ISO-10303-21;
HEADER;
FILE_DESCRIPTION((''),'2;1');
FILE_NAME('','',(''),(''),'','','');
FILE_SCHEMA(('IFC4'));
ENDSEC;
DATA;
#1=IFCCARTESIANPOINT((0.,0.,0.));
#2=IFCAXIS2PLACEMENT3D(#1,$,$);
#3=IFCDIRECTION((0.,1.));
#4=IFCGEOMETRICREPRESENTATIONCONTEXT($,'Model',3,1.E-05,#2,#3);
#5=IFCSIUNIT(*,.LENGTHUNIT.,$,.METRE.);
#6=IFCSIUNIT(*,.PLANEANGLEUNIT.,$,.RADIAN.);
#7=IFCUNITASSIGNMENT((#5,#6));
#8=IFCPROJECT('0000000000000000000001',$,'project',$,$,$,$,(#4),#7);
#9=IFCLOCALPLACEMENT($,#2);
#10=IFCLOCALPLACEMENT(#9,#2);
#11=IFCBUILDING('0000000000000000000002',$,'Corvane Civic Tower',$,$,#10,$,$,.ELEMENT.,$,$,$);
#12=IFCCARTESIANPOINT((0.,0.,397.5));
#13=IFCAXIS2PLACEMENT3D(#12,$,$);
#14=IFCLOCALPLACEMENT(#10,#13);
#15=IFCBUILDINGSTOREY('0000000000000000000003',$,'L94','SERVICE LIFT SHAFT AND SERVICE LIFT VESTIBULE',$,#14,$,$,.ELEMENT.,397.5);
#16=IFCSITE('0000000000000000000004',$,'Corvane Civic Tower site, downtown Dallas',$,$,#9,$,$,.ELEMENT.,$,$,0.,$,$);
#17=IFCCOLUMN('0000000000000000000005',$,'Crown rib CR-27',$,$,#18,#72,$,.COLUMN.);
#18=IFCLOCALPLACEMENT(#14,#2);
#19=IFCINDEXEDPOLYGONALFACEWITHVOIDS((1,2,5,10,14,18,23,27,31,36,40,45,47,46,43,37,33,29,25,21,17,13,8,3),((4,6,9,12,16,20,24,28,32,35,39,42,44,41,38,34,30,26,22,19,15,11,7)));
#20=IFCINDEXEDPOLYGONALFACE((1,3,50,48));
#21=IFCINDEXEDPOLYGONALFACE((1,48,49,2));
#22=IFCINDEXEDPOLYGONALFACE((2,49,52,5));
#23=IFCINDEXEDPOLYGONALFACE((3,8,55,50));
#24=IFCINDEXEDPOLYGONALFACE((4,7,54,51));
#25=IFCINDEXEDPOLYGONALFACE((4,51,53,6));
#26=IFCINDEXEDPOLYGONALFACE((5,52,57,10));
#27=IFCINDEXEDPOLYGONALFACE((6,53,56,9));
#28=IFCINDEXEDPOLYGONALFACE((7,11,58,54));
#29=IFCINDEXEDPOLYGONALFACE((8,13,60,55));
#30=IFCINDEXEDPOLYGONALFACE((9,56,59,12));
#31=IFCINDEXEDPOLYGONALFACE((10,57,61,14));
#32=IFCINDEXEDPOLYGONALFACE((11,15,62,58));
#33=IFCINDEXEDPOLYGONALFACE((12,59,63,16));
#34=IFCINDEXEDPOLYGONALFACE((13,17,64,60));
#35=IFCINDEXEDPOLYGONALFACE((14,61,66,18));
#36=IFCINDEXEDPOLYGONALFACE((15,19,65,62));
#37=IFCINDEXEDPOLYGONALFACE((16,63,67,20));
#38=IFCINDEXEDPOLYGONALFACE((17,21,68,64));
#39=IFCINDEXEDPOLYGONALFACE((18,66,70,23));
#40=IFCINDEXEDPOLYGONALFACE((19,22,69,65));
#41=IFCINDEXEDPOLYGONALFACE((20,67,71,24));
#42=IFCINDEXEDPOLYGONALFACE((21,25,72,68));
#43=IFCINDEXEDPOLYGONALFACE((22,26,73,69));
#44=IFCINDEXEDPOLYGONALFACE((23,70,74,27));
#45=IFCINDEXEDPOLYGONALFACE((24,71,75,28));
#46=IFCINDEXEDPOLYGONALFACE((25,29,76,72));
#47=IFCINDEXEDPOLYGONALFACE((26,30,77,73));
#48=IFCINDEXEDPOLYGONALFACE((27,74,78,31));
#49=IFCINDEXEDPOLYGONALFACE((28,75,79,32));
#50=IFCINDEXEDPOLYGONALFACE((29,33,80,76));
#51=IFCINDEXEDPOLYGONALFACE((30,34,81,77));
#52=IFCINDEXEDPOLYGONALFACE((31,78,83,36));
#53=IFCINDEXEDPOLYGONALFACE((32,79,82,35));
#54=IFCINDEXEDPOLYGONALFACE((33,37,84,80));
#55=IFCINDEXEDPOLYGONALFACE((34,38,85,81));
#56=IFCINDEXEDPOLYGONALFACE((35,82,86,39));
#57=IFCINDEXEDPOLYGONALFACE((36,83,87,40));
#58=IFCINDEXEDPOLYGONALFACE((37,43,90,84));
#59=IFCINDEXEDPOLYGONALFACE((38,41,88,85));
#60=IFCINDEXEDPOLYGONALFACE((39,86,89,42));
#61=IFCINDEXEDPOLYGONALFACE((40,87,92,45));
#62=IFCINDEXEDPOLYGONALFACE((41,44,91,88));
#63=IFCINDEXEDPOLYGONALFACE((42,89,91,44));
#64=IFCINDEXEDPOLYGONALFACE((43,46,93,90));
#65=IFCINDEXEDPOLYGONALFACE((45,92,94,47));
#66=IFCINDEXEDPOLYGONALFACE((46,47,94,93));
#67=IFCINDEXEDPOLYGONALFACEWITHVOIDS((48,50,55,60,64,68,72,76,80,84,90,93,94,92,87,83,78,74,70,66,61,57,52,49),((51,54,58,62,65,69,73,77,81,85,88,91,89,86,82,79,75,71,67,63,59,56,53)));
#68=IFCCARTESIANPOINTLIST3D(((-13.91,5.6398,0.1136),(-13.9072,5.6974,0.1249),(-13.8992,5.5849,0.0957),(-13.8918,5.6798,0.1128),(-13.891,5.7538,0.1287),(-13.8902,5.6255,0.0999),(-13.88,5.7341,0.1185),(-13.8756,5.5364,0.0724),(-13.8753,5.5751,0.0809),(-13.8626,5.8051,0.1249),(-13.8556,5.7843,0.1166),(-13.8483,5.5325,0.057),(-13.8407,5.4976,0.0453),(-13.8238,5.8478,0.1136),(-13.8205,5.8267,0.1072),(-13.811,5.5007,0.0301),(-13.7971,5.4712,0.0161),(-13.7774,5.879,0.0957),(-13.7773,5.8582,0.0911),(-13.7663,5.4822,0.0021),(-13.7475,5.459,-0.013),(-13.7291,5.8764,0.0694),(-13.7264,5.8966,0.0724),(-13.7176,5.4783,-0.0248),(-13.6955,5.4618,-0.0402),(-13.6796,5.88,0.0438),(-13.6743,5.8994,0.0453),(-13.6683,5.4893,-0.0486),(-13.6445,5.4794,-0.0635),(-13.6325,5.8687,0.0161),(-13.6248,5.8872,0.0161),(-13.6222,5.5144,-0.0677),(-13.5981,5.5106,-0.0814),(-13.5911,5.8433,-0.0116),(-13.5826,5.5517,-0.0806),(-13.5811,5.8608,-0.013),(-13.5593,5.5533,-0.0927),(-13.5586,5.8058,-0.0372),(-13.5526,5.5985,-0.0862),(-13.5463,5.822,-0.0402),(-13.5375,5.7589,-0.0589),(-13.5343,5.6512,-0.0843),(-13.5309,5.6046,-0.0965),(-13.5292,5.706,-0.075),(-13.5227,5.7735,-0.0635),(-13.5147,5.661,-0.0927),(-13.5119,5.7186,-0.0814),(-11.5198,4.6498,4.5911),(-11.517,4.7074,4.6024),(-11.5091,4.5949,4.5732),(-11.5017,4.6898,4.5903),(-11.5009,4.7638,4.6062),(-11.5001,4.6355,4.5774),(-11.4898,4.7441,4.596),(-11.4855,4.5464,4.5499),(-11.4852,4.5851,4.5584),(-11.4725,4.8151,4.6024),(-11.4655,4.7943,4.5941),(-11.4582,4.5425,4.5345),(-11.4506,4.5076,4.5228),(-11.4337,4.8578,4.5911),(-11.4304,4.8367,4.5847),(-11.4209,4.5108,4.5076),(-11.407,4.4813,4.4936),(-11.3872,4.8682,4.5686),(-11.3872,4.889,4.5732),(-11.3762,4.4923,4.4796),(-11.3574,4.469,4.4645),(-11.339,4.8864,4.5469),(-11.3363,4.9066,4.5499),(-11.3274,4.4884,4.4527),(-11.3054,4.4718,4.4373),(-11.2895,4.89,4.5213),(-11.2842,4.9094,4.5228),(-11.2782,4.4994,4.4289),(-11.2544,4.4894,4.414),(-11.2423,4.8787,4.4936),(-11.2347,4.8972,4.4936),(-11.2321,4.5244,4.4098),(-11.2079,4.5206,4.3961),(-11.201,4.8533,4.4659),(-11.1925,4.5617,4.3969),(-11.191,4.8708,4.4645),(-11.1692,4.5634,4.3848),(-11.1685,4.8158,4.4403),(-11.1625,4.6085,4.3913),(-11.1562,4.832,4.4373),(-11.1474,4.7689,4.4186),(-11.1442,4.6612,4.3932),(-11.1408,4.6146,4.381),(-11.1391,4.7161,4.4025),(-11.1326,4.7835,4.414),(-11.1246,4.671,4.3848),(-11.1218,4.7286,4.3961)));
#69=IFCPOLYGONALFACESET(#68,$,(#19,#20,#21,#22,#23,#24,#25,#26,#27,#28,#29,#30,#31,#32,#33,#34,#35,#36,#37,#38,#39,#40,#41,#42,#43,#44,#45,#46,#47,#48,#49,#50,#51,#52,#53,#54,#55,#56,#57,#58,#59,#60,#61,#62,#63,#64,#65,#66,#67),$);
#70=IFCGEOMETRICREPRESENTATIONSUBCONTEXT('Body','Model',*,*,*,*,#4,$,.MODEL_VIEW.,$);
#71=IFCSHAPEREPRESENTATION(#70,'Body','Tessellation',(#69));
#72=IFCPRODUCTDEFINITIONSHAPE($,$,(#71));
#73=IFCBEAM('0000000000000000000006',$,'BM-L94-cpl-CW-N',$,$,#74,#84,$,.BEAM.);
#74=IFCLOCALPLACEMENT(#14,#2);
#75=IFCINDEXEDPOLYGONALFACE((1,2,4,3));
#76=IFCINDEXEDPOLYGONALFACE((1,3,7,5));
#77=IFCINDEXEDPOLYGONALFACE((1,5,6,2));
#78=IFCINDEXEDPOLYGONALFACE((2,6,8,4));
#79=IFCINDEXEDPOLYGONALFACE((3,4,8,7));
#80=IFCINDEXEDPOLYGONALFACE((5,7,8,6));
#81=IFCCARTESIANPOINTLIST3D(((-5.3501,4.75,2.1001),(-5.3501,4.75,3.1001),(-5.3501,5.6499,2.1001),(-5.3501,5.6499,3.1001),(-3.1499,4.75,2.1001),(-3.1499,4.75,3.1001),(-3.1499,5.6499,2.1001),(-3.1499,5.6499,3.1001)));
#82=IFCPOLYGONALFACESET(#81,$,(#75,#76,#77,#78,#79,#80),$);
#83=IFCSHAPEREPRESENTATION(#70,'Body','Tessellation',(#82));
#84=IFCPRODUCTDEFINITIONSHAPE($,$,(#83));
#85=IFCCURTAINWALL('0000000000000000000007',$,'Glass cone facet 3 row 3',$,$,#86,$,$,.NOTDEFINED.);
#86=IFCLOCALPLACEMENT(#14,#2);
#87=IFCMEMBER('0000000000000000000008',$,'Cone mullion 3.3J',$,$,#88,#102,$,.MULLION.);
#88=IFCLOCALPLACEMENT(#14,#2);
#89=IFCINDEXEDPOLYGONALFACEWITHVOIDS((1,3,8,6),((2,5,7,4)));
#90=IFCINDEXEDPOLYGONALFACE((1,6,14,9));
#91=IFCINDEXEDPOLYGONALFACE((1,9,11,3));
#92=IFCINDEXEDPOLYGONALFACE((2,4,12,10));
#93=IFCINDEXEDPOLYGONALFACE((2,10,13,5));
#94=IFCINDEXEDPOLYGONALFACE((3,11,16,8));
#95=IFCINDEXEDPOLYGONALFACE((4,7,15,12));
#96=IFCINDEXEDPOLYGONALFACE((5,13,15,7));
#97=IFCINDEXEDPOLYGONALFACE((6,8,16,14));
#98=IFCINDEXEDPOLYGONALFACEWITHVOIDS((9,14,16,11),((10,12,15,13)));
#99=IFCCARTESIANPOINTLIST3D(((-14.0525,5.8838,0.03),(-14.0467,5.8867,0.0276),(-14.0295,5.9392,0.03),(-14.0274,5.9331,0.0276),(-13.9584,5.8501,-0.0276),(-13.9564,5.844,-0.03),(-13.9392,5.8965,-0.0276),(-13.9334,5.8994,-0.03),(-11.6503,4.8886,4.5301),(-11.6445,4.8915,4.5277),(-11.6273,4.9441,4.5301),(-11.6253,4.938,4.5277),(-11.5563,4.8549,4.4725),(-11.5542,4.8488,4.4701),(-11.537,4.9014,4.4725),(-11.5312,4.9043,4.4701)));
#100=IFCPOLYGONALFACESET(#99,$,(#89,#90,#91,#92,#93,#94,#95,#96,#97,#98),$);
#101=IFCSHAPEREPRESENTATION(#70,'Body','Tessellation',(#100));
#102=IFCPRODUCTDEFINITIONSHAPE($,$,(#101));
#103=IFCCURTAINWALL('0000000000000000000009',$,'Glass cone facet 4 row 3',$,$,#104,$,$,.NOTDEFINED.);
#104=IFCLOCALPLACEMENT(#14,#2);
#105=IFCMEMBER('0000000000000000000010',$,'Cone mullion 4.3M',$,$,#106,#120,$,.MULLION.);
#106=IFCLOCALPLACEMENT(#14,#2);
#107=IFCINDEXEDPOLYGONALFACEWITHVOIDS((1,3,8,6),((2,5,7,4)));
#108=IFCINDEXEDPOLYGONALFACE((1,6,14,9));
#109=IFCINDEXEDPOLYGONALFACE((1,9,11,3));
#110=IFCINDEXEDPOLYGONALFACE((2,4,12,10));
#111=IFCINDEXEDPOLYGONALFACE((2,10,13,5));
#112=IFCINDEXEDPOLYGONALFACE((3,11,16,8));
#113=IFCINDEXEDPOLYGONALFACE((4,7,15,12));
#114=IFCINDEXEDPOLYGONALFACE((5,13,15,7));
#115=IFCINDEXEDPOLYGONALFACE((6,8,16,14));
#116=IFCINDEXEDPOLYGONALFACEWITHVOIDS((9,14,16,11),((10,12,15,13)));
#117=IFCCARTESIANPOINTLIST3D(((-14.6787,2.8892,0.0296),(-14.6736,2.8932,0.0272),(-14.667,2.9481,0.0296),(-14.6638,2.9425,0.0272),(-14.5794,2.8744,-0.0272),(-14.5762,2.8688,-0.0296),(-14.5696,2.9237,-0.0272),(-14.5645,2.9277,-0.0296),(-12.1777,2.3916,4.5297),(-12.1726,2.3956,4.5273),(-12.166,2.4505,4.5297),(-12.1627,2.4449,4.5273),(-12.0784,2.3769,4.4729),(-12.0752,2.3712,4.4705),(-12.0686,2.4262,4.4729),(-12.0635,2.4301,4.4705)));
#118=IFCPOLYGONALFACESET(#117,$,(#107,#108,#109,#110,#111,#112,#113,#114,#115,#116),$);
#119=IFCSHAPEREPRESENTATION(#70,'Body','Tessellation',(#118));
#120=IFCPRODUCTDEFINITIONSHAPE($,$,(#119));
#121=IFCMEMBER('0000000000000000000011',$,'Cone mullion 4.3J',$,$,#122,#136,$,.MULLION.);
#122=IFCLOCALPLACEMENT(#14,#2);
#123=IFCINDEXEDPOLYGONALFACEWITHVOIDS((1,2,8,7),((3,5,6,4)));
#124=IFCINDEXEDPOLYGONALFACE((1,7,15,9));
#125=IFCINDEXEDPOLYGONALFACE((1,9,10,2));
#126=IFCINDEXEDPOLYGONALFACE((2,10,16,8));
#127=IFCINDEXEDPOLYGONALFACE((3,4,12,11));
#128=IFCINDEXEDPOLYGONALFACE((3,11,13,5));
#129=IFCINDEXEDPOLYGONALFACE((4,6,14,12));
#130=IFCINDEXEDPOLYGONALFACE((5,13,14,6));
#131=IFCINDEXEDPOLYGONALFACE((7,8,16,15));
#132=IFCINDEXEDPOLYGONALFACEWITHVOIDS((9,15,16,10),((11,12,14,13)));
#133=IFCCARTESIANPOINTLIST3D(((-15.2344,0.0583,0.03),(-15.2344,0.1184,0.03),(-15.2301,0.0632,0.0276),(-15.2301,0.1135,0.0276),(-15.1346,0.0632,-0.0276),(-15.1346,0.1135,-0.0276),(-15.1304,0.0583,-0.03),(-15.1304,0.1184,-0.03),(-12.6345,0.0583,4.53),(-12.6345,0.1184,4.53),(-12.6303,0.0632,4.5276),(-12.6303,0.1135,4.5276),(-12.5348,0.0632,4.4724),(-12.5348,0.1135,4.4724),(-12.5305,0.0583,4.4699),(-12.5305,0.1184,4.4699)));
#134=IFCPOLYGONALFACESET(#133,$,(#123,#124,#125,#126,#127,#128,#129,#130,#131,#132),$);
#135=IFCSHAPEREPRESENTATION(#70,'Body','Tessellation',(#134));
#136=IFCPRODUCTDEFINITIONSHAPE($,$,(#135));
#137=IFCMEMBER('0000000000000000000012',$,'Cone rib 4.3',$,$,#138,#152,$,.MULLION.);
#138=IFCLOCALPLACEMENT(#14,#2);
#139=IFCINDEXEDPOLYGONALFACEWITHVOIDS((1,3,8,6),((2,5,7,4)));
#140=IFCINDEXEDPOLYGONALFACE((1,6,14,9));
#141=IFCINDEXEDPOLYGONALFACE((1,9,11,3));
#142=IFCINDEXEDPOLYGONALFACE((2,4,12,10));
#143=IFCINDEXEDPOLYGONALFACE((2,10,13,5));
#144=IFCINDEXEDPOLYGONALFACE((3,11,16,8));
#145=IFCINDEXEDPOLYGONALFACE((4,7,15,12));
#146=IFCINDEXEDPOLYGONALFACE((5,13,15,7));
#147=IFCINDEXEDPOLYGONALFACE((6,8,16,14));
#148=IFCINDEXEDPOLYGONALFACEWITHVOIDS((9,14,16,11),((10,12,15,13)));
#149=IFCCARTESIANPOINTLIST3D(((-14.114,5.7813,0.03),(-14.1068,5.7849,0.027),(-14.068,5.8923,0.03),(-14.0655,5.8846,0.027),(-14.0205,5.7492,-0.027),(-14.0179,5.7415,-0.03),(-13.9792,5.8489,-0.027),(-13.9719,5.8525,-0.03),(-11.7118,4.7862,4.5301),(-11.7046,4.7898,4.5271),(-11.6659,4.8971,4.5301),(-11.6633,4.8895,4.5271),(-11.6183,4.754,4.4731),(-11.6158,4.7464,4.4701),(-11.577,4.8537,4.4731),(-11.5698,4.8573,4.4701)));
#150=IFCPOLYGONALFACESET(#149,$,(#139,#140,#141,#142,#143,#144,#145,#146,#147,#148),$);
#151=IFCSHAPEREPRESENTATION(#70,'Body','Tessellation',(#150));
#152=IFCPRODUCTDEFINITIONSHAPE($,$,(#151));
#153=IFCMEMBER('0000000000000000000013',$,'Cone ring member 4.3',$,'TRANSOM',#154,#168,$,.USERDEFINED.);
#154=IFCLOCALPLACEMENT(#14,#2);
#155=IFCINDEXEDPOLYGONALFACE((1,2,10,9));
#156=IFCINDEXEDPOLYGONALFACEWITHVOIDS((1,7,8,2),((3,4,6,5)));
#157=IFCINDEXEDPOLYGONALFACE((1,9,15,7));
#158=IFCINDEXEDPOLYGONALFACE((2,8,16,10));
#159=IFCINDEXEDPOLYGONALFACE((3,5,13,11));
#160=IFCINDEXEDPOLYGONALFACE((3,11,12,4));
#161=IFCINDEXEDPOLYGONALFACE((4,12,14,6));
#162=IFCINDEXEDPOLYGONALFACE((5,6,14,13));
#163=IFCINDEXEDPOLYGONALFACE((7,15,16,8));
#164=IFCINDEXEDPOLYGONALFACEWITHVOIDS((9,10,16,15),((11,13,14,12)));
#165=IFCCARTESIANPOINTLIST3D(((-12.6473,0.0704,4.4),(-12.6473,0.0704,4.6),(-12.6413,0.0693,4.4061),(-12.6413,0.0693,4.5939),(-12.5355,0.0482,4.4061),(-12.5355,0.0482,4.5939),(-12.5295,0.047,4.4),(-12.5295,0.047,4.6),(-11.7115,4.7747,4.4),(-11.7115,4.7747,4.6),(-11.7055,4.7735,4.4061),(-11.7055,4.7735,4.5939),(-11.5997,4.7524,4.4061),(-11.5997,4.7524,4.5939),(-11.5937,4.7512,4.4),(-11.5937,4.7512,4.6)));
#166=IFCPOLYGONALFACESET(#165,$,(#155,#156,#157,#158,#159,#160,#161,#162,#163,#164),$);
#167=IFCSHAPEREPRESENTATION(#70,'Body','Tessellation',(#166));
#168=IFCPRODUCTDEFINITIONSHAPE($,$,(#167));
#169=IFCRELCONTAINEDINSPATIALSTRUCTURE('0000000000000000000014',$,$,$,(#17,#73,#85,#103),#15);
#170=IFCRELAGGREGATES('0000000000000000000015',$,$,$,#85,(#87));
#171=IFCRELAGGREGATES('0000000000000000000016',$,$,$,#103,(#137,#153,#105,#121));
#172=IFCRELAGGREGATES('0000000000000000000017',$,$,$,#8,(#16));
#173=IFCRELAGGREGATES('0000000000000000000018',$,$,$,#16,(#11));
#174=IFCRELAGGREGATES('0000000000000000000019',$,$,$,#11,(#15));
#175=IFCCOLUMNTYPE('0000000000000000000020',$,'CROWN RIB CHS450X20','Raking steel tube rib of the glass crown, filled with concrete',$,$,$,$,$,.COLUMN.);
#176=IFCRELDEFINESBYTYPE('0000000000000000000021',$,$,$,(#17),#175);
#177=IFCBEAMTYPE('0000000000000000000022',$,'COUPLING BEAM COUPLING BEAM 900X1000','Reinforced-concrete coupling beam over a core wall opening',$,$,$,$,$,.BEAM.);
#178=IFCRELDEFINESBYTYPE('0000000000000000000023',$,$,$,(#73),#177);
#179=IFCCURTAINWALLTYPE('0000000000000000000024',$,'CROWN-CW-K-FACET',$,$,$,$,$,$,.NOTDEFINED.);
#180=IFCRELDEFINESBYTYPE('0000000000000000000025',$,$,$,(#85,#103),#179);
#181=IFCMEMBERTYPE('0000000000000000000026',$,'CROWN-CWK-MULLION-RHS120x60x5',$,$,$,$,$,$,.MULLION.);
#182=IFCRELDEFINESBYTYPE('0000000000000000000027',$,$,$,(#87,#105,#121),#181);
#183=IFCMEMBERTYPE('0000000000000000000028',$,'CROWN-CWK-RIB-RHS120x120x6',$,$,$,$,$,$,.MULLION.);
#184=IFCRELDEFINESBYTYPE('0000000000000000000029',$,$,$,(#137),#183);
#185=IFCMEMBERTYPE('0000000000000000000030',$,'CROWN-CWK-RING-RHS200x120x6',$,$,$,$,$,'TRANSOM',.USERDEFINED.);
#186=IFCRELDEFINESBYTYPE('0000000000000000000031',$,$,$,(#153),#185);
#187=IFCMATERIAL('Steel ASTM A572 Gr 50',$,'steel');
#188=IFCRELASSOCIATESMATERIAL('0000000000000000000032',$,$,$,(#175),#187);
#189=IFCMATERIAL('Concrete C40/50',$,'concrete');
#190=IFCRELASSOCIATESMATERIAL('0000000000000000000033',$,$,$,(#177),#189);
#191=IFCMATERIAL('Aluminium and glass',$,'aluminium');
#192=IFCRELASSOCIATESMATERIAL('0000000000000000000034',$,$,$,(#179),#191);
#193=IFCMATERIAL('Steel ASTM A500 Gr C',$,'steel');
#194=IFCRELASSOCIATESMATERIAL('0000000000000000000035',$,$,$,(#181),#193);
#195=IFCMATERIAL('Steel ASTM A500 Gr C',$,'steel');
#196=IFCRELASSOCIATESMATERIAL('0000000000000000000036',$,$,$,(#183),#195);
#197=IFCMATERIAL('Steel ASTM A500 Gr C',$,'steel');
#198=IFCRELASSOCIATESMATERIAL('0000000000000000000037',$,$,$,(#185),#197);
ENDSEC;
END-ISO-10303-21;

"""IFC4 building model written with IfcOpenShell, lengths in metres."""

from ifc_helpers import new_model, si_unit, direction, frame, origin, origin_2d, place, context, subcontext, project, spatial, rectangle, hollow_rectangle, hollow_circle, extrude, material, material_profile, profile_set, type_object, element, aggregate, save


model = new_model("IFC4")

# Units and contexts
model_context = context("Model", 3, precision=1e-05, world=origin(), true_north=direction((0.0, 1.0)))
body_context = subcontext(model_context, "Body", "Model", "MODEL_VIEW")
ifc_project = project(units=[si_unit("LENGTHUNIT", "METRE"), si_unit("PLANEANGLEUNIT", "RADIAN")], contexts=[model_context])

# Site, building, storey
site_placement = place(None, origin())
site = spatial("IfcSite", under=ifc_project, at=site_placement, Name="Corvane Civic Tower site, downtown Dallas", CompositionType="ELEMENT", RefElevation=0.0)
building_placement = place(site_placement, origin())
building = spatial("IfcBuilding", under=site, at=building_placement, Name="Corvane Civic Tower", CompositionType="ELEMENT")
storey_placement = place(building_placement, frame((0.0, 0.0, 397.5)))
storey = spatial("IfcBuildingStorey", under=building, at=storey_placement, Name="L94", Description="SERVICE LIFT SHAFT AND SERVICE LIFT VESTIBULE", CompositionType="ELEMENT", Elevation=397.5)

# Column
ifc_material_1 = material(Name="Steel ASTM A572 Gr 50", Category="steel")
ifc_material_profile_1 = material_profile(ifc_material_1, hollow_circle(Radius=0.2251, WallThickness=0.02, at=origin_2d()), Name="CHS450X20")
ifc_profile_set_1 = profile_set([ifc_material_profile_1], Name="Steel ASTM A572 Gr 50")
column_type = type_object("IfcColumnType", Name="CROWN RIB CHS450X20", Description="Raking steel tube rib of the glass crown, filled with concrete", PredefinedType="COLUMN", material=ifc_profile_set_1)
column_placement = place(storey_placement, frame((-13.7109, 5.6792, 0.0161), z_axis=(0.462203, -0.191443, 0.865863), x_axis=(0.382671, 0.923885, 0.0)))
element("IfcColumn", 1, at=column_placement, inside=storey, type_object=column_type, Name="Crown rib CR-27", PredefinedType="COLUMN", context=body_context, shape_type="SweptSolid", body=[
    extrude(hollow_circle(Radius=0.2251, WallThickness=0.02, at=origin_2d()), origin(), (0.0, 0.0, 1.0), 5.1711),
])

# Beam
ifc_material_2 = material(Name="Concrete C40/50", Category="concrete")
ifc_material_profile_2 = material_profile(ifc_material_2, rectangle(XDim=0.8999, YDim=1.0, at=origin_2d()), Name="COUPLING BEAM 900X1000")
ifc_profile_set_2 = profile_set([ifc_material_profile_2], Name="Concrete C40/50")
beam_type_1 = type_object("IfcBeamType", Name="COUPLING BEAM COUPLING BEAM 900X1000", Description="Reinforced-concrete coupling beam over a core wall opening", PredefinedType="BEAM", material=ifc_profile_set_2)
beam_1_placement = place(storey_placement, frame((-5.3501, 5.2, 2.6001), z_axis=(1.0, 0.0, 0.0), x_axis=(0.0, 1.0, 0.0)))
element("IfcBeam", 2, at=beam_1_placement, inside=storey, type_object=beam_type_1, Name="BM-L94-cpl-CW-N", PredefinedType="BEAM", context=body_context, shape_type="SweptSolid", body=[
    extrude(rectangle(XDim=0.8999, YDim=1.0, at=origin_2d()), origin(), (0.0, 0.0, 1.0), 2.2002),
])

# Curtain wall, member
ifc_material_3 = material(Name="Aluminium and glass", Category="aluminium")
curtain_wall_type = type_object("IfcCurtainWallType", Name="CROWN-CW-K-FACET", PredefinedType="NOTDEFINED", material=ifc_material_3)
curtain_wall_1_placement = place(storey_placement, origin())
curtain_wall_1 = element("IfcCurtainWall", 3, at=curtain_wall_1_placement, inside=storey, type_object=curtain_wall_type, Name="Glass cone facet 3 row 3", PredefinedType="NOTDEFINED")
ifc_material_4 = material(Name="Steel ASTM A500 Gr C", Category="steel")
ifc_material_profile_3 = material_profile(ifc_material_4, hollow_rectangle(XDim=0.0601, YDim=0.1201, WallThickness=0.0049, at=origin_2d()), Name="RHS 120x60x5")
ifc_profile_set_3 = profile_set([ifc_material_profile_3], Name="Steel ASTM A500 Gr C")
member_type_1 = type_object("IfcMemberType", Name="CROWN-CWK-MULLION-RHS120x60x5", PredefinedType="MULLION", material=ifc_profile_set_3)
member_1_placement = place(storey_placement, frame((-13.9929, 5.8916, 0.0), z_axis=(0.462196, -0.191474, 0.86586), x_axis=(0.382728, 0.923861, 0.0)))
member_1 = element("IfcMember", 4, at=member_1_placement, type_object=member_type_1, Name="Cone mullion 3.3J", PredefinedType="MULLION", context=body_context, shape_type="SweptSolid", body=[
    extrude(hollow_rectangle(XDim=0.0601, YDim=0.1201, WallThickness=0.0049, at=origin_2d()), origin(), (0.0, 0.0, 1.0), 5.1973),
])
aggregate(curtain_wall_1, [member_1])

# Curtain wall, members
curtain_wall_2_placement = place(storey_placement, origin())
curtain_wall_2 = element("IfcCurtainWall", 5, at=curtain_wall_2_placement, inside=storey, type_object=curtain_wall_type, Name="Glass cone facet 4 row 3", PredefinedType="NOTDEFINED")
member_2_placement = place(storey_placement, frame((-14.6216, 2.9084, 0.0), z_axis=(0.483535, -0.096197, 0.870023), x_axis=(0.195122, 0.980779, 0.0)))
member_2 = element("IfcMember", 6, at=member_2_placement, type_object=member_type_1, Name="Cone mullion 4.3M", PredefinedType="MULLION", context=body_context, shape_type="SweptSolid", body=[
    extrude(hollow_rectangle(XDim=0.0601, YDim=0.1201, WallThickness=0.0049, at=origin_2d()), origin(), (0.0, 0.0, 1.0), 5.1724),
])
member_3_placement = place(storey_placement, frame((-15.1824, 0.0884, 0.0), z_axis=(0.500256, 0.0, 0.865877), x_axis=(0.0, 1.0, 0.0)))
member_3 = element("IfcMember", 7, at=member_3_placement, type_object=member_type_1, Name="Cone mullion 4.3J", PredefinedType="MULLION", context=body_context, shape_type="SweptSolid", body=[
    extrude(hollow_rectangle(XDim=0.0601, YDim=0.1201, WallThickness=0.0049, at=origin_2d()), origin(), (0.0, 0.0, 1.0), 5.197),
])
ifc_material_5 = material(Name="Steel ASTM A500 Gr C", Category="steel")
ifc_material_profile_4 = material_profile(ifc_material_5, hollow_rectangle(XDim=0.1201, YDim=0.1201, WallThickness=0.0061, at=origin_2d()), Name="RHS 120x120x6")
ifc_profile_set_4 = profile_set([ifc_material_profile_4], Name="Steel ASTM A500 Gr C")
member_type_2 = type_object("IfcMemberType", Name="CROWN-CWK-RIB-RHS120x120x6", PredefinedType="MULLION", material=ifc_profile_set_4)
member_4_placement = place(storey_placement, frame((-14.043, 5.8169, 0.0), z_axis=(0.462196, -0.191474, 0.86586), x_axis=(0.382728, 0.923861, 0.0)))
member_4 = element("IfcMember", 8, at=member_4_placement, type_object=member_type_2, Name="Cone rib 4.3", PredefinedType="MULLION", context=body_context, shape_type="SweptSolid", body=[
    extrude(hollow_rectangle(XDim=0.1201, YDim=0.1201, WallThickness=0.0061, at=origin_2d()), origin(), (0.0, 0.0, 1.0), 5.1973),
])
ifc_material_6 = material(Name="Steel ASTM A500 Gr C", Category="steel")
ifc_material_profile_5 = material_profile(ifc_material_6, hollow_rectangle(XDim=0.1201, YDim=0.2, WallThickness=0.0061, at=origin_2d()), Name="RHS 200x120x6")
ifc_profile_set_5 = profile_set([ifc_material_profile_5], Name="Steel ASTM A500 Gr C")
member_type_3 = type_object("IfcMemberType", Name="CROWN-CWK-RING-RHS200x120x6", ElementType="TRANSOM", PredefinedType="USERDEFINED", material=ifc_profile_set_5)
member_5_placement = place(storey_placement, frame((-11.6526, 4.7629, 4.5), z_axis=(-0.195108, -0.980782, 0.0), x_axis=(0.980782, -0.195108, 0.0)))
member_5 = element("IfcMember", 9, at=member_5_placement, type_object=member_type_3, Name="Cone ring member 4.3", ObjectType="TRANSOM", PredefinedType="USERDEFINED", context=body_context, shape_type="SweptSolid", body=[
    extrude(hollow_rectangle(XDim=0.1201, YDim=0.2, WallThickness=0.0061, at=origin_2d()), origin(), (0.0, 0.0, 1.0), 4.7964),
])

aggregate(curtain_wall_2, [member_4, member_5, member_2, member_3])

save(model, "model.ifc")
